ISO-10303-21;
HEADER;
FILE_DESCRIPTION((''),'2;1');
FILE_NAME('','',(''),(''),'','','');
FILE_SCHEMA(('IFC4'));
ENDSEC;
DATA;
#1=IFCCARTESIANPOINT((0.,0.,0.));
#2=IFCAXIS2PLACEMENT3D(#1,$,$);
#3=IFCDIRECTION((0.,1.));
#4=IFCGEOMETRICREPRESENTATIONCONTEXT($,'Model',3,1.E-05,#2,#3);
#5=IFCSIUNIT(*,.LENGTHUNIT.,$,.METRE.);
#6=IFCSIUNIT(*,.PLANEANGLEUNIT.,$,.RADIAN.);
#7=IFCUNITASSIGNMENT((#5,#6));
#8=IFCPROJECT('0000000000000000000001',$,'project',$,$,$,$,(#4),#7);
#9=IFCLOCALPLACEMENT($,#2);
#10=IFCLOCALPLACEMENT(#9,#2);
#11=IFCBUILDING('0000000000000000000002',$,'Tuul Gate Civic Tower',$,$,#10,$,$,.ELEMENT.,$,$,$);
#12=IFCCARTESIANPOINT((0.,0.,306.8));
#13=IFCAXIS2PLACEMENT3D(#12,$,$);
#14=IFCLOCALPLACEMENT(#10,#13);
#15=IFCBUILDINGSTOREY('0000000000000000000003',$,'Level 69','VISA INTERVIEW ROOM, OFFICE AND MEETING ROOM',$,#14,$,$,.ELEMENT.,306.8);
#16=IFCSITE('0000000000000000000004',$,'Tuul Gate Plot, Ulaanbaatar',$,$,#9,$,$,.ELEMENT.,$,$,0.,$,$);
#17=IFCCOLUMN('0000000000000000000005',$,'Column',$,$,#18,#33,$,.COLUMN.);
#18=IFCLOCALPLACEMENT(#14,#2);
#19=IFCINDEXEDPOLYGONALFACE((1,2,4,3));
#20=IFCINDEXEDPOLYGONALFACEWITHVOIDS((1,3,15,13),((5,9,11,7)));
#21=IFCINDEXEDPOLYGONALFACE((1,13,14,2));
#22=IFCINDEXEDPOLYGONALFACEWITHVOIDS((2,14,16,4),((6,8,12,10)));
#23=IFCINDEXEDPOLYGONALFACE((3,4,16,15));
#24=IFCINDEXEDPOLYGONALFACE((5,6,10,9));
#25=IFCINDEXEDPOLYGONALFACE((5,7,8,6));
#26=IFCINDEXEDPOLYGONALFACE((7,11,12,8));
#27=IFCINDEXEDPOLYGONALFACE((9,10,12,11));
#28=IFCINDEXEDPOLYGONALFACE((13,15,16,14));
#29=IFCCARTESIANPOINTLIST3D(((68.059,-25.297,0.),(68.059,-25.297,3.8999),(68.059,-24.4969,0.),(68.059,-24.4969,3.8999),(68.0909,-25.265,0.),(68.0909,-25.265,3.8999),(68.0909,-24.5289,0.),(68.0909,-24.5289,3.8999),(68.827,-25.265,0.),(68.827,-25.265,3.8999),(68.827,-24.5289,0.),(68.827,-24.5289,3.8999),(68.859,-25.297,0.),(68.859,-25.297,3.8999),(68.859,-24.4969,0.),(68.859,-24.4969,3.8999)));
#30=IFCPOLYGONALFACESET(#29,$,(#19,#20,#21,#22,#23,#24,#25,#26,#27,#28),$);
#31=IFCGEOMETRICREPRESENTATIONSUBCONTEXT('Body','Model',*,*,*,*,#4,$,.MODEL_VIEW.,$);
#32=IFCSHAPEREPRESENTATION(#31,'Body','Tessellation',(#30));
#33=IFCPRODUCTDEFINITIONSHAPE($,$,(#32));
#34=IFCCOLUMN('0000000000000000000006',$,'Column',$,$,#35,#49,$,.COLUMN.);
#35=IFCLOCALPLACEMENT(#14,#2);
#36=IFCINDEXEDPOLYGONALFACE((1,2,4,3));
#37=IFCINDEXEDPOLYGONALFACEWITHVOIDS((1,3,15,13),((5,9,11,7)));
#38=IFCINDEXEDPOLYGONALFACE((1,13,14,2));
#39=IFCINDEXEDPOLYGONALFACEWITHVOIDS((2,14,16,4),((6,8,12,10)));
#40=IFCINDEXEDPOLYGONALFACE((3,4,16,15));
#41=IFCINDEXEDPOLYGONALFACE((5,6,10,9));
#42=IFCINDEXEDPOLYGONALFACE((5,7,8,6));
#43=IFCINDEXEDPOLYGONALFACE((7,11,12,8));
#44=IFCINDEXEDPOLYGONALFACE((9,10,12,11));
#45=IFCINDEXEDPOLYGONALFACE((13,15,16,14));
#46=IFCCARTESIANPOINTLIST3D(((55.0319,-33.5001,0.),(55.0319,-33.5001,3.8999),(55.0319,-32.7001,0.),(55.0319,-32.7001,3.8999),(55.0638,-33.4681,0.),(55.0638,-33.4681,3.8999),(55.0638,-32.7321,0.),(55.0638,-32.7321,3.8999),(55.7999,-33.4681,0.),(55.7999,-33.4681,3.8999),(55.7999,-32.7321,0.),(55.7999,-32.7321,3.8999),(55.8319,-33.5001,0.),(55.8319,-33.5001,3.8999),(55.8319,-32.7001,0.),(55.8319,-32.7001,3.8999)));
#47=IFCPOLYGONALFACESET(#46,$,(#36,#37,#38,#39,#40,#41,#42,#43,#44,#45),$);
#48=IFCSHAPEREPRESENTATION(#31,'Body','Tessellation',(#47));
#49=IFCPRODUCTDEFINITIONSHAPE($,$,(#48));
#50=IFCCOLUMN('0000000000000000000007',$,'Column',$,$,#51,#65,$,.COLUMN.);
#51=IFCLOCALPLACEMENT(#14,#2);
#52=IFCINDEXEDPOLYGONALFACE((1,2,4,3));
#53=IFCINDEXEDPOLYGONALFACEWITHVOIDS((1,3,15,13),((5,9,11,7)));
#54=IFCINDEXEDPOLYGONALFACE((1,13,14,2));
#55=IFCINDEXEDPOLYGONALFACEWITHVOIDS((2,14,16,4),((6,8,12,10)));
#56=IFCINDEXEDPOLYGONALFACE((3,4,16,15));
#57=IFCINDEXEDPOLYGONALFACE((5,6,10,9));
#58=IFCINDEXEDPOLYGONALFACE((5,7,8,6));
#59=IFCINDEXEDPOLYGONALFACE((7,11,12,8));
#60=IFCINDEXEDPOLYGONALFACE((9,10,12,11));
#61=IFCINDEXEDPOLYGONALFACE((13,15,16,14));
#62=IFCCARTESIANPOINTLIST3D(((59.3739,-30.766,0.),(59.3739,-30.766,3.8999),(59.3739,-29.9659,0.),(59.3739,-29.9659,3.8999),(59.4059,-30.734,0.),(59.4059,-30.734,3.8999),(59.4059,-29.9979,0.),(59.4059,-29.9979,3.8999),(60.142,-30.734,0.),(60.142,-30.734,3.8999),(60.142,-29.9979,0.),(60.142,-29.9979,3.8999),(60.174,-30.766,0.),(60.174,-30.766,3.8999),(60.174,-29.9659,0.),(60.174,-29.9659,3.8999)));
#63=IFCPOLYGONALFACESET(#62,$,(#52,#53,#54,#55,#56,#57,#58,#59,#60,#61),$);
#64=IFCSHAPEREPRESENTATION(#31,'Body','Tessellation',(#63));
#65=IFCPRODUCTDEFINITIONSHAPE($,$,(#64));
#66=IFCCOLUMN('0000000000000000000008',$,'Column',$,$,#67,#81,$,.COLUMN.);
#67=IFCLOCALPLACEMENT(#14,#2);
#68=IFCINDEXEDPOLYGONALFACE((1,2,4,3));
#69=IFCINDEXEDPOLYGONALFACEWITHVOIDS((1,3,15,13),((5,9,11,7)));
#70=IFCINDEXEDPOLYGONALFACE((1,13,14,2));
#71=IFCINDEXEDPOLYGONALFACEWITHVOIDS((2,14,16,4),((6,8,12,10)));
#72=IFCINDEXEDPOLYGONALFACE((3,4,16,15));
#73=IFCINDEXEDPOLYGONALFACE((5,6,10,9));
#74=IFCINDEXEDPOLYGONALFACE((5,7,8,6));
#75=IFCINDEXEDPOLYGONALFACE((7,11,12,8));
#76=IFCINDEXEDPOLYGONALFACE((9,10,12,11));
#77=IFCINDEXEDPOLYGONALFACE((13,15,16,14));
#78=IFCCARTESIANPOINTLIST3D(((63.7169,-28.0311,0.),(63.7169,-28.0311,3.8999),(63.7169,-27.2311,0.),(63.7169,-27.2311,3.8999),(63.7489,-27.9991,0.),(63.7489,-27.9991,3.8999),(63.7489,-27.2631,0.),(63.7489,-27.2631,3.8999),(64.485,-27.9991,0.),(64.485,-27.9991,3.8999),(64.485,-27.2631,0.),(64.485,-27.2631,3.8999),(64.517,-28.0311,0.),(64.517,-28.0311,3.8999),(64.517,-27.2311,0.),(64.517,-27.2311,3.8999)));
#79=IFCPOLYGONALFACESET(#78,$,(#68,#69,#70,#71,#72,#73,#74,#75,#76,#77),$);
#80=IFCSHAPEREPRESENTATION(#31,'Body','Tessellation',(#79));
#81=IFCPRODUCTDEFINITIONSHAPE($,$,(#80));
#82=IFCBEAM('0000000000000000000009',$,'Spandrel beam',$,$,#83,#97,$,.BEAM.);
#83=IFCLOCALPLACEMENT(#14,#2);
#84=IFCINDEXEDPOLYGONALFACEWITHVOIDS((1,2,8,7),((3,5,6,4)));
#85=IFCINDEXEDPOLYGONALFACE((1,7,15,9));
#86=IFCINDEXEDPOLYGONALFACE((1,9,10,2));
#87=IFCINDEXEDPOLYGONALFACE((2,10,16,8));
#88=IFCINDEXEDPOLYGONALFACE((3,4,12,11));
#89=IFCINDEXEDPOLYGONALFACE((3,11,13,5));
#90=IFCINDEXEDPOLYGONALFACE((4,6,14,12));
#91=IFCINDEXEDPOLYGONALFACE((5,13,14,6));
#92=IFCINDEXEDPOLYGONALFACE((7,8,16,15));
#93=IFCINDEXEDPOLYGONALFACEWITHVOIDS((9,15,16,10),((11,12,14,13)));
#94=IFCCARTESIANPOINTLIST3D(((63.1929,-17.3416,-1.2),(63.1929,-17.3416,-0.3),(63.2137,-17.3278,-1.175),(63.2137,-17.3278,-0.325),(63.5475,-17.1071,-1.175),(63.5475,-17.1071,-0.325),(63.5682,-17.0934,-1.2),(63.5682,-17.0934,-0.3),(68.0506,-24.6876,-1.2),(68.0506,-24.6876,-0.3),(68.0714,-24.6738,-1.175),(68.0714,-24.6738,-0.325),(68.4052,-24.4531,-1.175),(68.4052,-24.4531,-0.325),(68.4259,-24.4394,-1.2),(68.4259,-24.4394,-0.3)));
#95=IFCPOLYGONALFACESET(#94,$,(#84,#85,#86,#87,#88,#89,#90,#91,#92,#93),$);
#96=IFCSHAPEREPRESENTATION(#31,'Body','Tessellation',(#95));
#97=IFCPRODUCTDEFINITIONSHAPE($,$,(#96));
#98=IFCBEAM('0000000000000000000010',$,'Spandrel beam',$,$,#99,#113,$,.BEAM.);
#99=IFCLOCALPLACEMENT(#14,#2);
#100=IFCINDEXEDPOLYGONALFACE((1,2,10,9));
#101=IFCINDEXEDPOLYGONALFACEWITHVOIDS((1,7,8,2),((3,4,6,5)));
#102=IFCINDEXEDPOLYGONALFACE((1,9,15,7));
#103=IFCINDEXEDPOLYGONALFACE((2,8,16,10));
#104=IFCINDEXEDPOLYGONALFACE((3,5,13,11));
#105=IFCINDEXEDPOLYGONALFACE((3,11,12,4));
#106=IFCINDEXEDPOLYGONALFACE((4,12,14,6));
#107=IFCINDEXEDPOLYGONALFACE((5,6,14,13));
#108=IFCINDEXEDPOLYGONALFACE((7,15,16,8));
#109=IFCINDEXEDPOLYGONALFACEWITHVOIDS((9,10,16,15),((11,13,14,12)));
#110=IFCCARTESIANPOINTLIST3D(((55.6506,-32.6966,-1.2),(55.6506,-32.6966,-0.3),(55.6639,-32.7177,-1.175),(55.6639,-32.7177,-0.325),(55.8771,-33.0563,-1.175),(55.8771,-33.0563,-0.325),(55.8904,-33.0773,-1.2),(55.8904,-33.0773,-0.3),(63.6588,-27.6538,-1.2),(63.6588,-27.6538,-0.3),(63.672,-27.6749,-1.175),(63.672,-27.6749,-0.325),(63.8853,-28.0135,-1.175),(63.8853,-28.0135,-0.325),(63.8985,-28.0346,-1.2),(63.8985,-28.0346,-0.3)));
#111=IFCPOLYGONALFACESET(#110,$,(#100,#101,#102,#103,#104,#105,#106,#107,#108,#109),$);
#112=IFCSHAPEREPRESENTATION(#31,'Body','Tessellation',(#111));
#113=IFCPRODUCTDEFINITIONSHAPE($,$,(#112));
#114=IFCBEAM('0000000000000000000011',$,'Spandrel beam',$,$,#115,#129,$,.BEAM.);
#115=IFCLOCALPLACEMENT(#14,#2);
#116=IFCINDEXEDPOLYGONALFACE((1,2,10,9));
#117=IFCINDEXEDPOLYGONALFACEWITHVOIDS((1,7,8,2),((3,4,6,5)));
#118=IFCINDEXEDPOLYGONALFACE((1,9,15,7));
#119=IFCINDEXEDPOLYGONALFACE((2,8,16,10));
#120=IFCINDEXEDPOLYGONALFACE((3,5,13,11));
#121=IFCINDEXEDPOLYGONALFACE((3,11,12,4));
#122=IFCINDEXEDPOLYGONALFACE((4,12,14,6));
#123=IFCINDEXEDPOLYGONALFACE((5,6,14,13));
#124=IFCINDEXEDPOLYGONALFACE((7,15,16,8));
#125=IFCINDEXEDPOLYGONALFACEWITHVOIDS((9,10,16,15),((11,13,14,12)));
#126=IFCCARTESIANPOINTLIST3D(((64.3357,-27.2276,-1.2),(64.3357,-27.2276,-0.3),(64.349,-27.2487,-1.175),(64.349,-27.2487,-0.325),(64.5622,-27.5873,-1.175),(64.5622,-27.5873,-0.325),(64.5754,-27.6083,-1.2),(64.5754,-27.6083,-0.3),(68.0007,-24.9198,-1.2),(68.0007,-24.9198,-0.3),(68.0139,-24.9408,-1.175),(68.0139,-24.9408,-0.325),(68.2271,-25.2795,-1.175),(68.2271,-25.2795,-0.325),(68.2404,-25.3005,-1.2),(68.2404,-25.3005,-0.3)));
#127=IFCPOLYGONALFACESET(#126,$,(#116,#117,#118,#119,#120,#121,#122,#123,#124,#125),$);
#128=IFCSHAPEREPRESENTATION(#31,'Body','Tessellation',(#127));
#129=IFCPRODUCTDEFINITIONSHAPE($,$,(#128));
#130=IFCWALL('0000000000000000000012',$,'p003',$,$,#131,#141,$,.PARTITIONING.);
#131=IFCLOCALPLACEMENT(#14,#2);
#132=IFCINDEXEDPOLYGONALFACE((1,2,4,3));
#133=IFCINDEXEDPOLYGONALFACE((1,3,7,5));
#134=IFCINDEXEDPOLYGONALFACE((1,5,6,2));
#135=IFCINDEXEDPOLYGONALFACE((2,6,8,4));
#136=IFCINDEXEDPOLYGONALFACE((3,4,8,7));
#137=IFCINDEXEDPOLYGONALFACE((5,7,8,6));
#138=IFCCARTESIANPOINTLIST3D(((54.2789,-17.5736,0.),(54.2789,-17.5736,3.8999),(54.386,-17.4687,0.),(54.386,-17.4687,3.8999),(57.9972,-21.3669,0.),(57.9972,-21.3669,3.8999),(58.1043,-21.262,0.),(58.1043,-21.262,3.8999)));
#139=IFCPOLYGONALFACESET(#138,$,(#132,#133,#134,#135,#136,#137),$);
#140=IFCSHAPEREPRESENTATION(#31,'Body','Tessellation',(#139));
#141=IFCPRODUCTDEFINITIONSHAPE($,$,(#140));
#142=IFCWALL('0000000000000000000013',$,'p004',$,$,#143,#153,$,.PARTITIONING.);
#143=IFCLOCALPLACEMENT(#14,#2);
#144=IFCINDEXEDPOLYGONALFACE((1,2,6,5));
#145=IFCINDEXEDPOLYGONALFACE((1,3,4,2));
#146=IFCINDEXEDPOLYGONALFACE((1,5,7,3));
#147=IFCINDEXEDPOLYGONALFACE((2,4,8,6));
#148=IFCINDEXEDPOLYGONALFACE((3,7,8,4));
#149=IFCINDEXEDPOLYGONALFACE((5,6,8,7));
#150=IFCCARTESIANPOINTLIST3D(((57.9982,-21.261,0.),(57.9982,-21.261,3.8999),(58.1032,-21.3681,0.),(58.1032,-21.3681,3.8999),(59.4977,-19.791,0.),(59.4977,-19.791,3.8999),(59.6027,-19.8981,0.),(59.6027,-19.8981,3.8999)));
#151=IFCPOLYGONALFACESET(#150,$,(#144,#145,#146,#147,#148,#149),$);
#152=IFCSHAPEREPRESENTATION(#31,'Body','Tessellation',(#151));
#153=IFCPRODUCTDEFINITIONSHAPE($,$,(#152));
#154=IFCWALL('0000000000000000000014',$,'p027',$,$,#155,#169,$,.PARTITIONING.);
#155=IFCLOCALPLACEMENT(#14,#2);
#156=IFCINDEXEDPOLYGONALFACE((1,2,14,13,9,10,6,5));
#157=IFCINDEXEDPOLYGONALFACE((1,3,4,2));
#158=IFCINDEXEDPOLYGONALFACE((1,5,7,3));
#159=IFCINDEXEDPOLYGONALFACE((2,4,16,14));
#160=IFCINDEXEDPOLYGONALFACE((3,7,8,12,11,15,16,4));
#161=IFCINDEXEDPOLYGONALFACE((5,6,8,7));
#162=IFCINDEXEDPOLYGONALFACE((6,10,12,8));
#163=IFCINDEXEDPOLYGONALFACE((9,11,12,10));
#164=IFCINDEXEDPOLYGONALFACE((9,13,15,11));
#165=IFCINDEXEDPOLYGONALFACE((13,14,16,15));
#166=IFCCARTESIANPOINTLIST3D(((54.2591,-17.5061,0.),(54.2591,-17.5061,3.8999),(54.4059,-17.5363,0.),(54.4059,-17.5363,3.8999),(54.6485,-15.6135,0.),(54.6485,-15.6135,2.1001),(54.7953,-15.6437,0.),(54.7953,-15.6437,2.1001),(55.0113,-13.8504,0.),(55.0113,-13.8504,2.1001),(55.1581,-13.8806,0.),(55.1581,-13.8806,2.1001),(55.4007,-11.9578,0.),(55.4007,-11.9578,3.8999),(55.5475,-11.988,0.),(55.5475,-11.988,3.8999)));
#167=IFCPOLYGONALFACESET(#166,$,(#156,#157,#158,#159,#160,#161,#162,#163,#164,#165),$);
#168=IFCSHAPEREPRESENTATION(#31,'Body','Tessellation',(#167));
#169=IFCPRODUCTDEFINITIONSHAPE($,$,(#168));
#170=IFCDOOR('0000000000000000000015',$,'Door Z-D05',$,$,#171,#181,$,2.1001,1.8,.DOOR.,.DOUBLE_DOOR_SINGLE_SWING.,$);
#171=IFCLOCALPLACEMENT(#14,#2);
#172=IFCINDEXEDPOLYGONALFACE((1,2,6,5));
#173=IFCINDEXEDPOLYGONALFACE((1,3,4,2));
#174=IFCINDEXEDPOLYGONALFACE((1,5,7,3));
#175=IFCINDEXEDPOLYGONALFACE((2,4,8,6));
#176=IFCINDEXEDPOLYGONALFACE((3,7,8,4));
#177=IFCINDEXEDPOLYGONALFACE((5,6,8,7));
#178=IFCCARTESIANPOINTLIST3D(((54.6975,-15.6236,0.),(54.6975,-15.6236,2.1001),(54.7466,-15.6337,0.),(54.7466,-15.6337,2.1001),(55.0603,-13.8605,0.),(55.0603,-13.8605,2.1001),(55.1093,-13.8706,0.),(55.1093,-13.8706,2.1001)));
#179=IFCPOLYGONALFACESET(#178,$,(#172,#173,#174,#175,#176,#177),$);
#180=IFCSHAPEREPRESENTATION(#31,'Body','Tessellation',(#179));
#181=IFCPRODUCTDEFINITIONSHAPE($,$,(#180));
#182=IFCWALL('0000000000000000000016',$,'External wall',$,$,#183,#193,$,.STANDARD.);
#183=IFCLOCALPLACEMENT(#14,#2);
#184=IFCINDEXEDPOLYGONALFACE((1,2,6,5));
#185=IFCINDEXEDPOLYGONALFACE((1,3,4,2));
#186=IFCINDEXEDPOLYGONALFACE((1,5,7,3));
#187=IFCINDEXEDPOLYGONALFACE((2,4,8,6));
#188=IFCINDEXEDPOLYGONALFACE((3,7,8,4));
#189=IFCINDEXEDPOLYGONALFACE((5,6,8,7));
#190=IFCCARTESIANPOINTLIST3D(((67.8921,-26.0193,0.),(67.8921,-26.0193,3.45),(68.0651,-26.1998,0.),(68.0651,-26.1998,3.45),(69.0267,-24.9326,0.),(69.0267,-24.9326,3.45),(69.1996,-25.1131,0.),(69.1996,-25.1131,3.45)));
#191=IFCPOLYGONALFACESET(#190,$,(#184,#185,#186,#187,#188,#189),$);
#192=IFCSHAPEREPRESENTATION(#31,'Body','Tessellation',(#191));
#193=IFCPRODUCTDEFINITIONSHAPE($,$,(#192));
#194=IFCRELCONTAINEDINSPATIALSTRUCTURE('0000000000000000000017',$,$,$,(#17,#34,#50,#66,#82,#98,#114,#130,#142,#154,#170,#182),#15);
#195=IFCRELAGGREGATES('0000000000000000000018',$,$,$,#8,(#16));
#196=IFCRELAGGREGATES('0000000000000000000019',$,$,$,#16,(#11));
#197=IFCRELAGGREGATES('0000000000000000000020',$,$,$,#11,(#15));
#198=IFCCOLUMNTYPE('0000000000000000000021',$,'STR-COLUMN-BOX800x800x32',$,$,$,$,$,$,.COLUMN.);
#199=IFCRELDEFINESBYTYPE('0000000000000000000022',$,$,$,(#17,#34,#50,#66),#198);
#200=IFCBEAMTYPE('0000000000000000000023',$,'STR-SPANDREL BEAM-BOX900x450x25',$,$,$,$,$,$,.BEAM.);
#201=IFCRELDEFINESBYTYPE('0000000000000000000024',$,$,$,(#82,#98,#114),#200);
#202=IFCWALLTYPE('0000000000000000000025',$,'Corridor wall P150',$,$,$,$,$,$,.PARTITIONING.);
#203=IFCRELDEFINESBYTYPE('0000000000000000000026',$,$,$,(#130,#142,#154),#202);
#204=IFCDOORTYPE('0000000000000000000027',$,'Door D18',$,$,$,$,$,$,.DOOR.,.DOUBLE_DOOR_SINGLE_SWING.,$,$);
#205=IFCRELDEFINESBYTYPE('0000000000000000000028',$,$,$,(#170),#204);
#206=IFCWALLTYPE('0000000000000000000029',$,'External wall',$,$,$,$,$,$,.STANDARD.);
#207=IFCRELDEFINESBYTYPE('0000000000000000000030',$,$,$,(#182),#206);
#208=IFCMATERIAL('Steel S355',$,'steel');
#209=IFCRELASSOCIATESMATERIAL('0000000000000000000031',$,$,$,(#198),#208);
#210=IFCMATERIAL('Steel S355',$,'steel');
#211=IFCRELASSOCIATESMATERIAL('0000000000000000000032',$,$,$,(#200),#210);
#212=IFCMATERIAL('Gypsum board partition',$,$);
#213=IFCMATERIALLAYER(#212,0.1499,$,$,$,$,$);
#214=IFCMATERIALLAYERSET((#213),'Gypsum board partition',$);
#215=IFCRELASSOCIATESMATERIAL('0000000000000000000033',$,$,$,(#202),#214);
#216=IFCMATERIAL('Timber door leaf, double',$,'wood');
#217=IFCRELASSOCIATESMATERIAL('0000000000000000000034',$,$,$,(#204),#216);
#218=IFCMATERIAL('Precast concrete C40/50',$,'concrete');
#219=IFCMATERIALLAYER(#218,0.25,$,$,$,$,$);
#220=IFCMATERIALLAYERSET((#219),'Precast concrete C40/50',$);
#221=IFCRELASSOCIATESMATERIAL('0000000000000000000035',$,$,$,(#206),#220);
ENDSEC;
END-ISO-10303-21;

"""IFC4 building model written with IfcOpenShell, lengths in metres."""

from ifc_helpers import new_model, si_unit, direction, frame, frame_2d, origin, origin_2d, place, context, subcontext, project, spatial, rectangle, hollow_rectangle, extrude, material, layer, layer_set, material_profile, profile_set, type_object, element, fill, save


model = new_model("IFC4")

# Units and contexts
model_context = context("Model", 3, precision=1e-05, world=origin(), true_north=direction((0.0, 1.0)))
body_context = subcontext(model_context, "Body", "Model", "MODEL_VIEW")
ifc_project = project(units=[si_unit("LENGTHUNIT", "METRE"), si_unit("PLANEANGLEUNIT", "RADIAN")], contexts=[model_context])

# Site, building, storey
site_placement = place(None, origin())
site = spatial("IfcSite", under=ifc_project, at=site_placement, Name="Tuul Gate Plot, Ulaanbaatar", CompositionType="ELEMENT", RefElevation=0.0)
building_placement = place(site_placement, origin())
building = spatial("IfcBuilding", under=site, at=building_placement, Name="Tuul Gate Civic Tower", CompositionType="ELEMENT")
storey_placement = place(building_placement, frame((0.0, 0.0, 306.8)))
storey = spatial("IfcBuildingStorey", under=building, at=storey_placement, Name="Level 69", Description="VISA INTERVIEW ROOM, OFFICE AND MEETING ROOM", CompositionType="ELEMENT", Elevation=306.8)

# Columns
ifc_material_1 = material(Name="Steel S355", Category="steel")
ifc_material_profile_1 = material_profile(ifc_material_1, hollow_rectangle(XDim=0.8, YDim=0.8, WallThickness=0.032, at=origin_2d()), Name="BOX800x800x32")
ifc_profile_set_1 = profile_set([ifc_material_profile_1], Name="Steel S355")
column_type = type_object("IfcColumnType", Name="STR-COLUMN-BOX800x800x32", PredefinedType="COLUMN", material=ifc_profile_set_1)
for number, where, z_axis, x_axis, name in (
    (1, (68.459, -24.897, 0.0), (0.0, 0.0, 1.0), (1.0, 0.0, 0.0), "Column"),
    (2, (55.4319, -33.1001, 0.0), (0.0, 0.0, 1.0), (1.0, 0.0, 0.0), "Column"),
    (3, (59.7739, -30.366, 0.0), (0.0, 0.0, 1.0), (1.0, 0.0, 0.0), "Column"),
    (4, (64.1169, -27.6311, 0.0), (0.0, 0.0, 1.0), (1.0, 0.0, 0.0), "Column"),
):
    element("IfcColumn", number, at=place(storey_placement, frame(where, z_axis=z_axis, x_axis=x_axis)), inside=storey, type_object=column_type, Name=name, PredefinedType="COLUMN", context=body_context, shape_type="SweptSolid", body=[
        extrude(hollow_rectangle(XDim=0.8, YDim=0.8, WallThickness=0.032, at=origin_2d()), origin(), (0.0, 0.0, 1.0), 3.8999),
    ])

# Beams
ifc_material_2 = material(Name="Steel S355", Category="steel")
ifc_material_profile_2 = material_profile(ifc_material_2, hollow_rectangle(XDim=0.45, YDim=0.8999, WallThickness=0.0249, at=origin_2d()), Name="BOX900x450x25")
ifc_profile_set_2 = profile_set([ifc_material_profile_2], Name="Steel S355")
beam_type = type_object("IfcBeamType", Name="STR-SPANDREL BEAM-BOX900x450x25", PredefinedType="BEAM", material=ifc_profile_set_2)
beam_1_placement = place(storey_placement, frame((68.2383, -24.5635, -0.75), z_axis=(-0.551581, 0.834121, 0.0), x_axis=(-0.834121, -0.551581, 0.0)))
element("IfcBeam", 5, at=beam_1_placement, inside=storey, type_object=beam_type, Name="Spandrel beam", PredefinedType="BEAM", context=body_context, shape_type="SweptSolid", body=[
    extrude(hollow_rectangle(XDim=0.45, YDim=0.8999, WallThickness=0.0249, at=origin_2d()), origin(), (0.0, 0.0, 1.0), 8.8069),
])
beam_2_placement = place(storey_placement, frame((55.7705, -32.887, -0.75), z_axis=(0.846204, 0.53286, 0.0), x_axis=(-0.53286, 0.846204, 0.0)))
element("IfcBeam", 6, at=beam_2_placement, inside=storey, type_object=beam_type, Name="Spandrel beam", PredefinedType="BEAM", context=body_context, shape_type="SweptSolid", body=[
    extrude(hollow_rectangle(XDim=0.45, YDim=0.8999, WallThickness=0.0249, at=origin_2d()), origin(), (0.0, 0.0, 1.0), 9.4636),
])
beam_3_placement = place(storey_placement, frame((64.4556, -27.418, -0.75), z_axis=(0.846207, 0.532854, 0.0), x_axis=(-0.532854, 0.846207, 0.0)))
element("IfcBeam", 7, at=beam_3_placement, inside=storey, type_object=beam_type, Name="Spandrel beam", PredefinedType="BEAM", context=body_context, shape_type="SweptSolid", body=[
    extrude(hollow_rectangle(XDim=0.45, YDim=0.8999, WallThickness=0.0249, at=origin_2d()), origin(), (0.0, 0.0, 1.0), 4.3311),
])

# Walls
ifc_material_3 = material(Name="Gypsum board partition")
ifc_layer_1 = layer(ifc_material_3, 0.1499)
ifc_layer_set_1 = layer_set([ifc_layer_1], Name="Gypsum board partition")
wall_type_1 = type_object("IfcWallType", Name="Corridor wall P150", PredefinedType="PARTITIONING", material=ifc_layer_set_1)
wall_1_placement = place(storey_placement, frame((54.3325, -17.5212, 0.0), z_axis=(0.0, 0.0, 1.0), x_axis=(0.700016, -0.714127, 0.0)))
element("IfcWall", 8, at=wall_1_placement, inside=storey, type_object=wall_type_1, Name="p003", PredefinedType="PARTITIONING", context=body_context, shape_type="SweptSolid", body=[
    extrude(rectangle(XDim=5.3118, YDim=0.1499, at=frame_2d((2.6558, 0.0))), origin(), (0.0, 0.0, 1.0), 3.8999),
])
wall_2_placement = place(storey_placement, frame((58.0508, -21.3145, 0.0), z_axis=(0.0, 0.0, 1.0), x_axis=(0.714106, 0.700038, 0.0)))
element("IfcWall", 9, at=wall_2_placement, inside=storey, type_object=wall_type_1, Name="p004", PredefinedType="PARTITIONING", context=body_context, shape_type="SweptSolid", body=[
    extrude(rectangle(XDim=2.0999, YDim=0.1499, at=frame_2d((1.0498, 0.0))), origin(), (0.0, 0.0, 1.0), 3.8999),
])

# Wall, opening, door
wall_3_placement = place(storey_placement, frame((54.3325, -17.5212, 0.0), z_axis=(0.0, 0.0, 1.0), x_axis=(0.201534, 0.979482, 0.0)))
wall_3 = element("IfcWall", 10, at=wall_3_placement, inside=storey, type_object=wall_type_1, Name="p027", PredefinedType="PARTITIONING", context=body_context, shape_type="SweptSolid", body=[
    extrude(rectangle(XDim=5.6646, YDim=0.1499, at=frame_2d((2.8323, 0.0))), origin(), (0.0, 0.0, 1.0), 3.8999),
])
opening_1_placement = place(wall_3_placement, frame((1.9324, 0.0, 0.0)))
opening_1 = element("IfcOpeningElement", 11, at=opening_1_placement, cuts=wall_3, PredefinedType="OPENING", context=body_context, shape_type="SweptSolid", body=[
    extrude(rectangle(XDim=1.8, YDim=2.1001, at=frame_2d((0.8999, 1.05))), frame((0.0, 0.085, 0.0), z_axis=(0.0, -1.0, 0.0), x_axis=(1.0, 0.0, 0.0)), (0.0, 0.0, 1.0), 0.1699),
])
ifc_material_4 = material(Name="Timber door leaf, double", Category="wood")
door_type = type_object("IfcDoorType", Name="Door D18", OperationType="DOUBLE_DOOR_SINGLE_SWING", PredefinedType="DOOR", material=ifc_material_4)
door_placement = place(opening_1_placement, origin())
door = element("IfcDoor", 12, at=door_placement, inside=storey, type_object=door_type, Name="Door Z-D05", OperationType="DOUBLE_DOOR_SINGLE_SWING", OverallHeight=2.1001, OverallWidth=1.8, PredefinedType="DOOR", context=body_context, shape_type="SweptSolid", body=[
    extrude(rectangle(XDim=1.8, YDim=2.1001, at=frame_2d((0.8999, 1.05))), frame((0.0, 0.0249, 0.0), z_axis=(0.0, -1.0, 0.0), x_axis=(1.0, 0.0, 0.0)), (0.0, 0.0, 1.0), 0.05),
])
fill(opening_1, door)

# Wall
ifc_material_5 = material(Name="Precast concrete C40/50", Category="concrete")
ifc_layer_2 = layer(ifc_material_5, 0.25)
ifc_layer_set_2 = layer_set([ifc_layer_2], Name="Precast concrete C40/50")
wall_type_2 = type_object("IfcWallType", Name="External wall", PredefinedType="STANDARD", material=ifc_layer_set_2)
wall_4_placement = place(storey_placement, frame((67.9785, -26.1096, 0.0), z_axis=(0.0, 0.0, 1.0), x_axis=(0.722173, 0.691713, 0.0)))
element("IfcWall", 13, at=wall_4_placement, inside=storey, type_object=wall_type_2, Name="External wall", PredefinedType="STANDARD", context=body_context, shape_type="SweptSolid", body=[
    extrude(rectangle(XDim=1.571, YDim=0.25, at=frame_2d((0.7856, 0.0))), origin(), (0.0, 0.0, 1.0), 3.45),
])

save(model, "model.ifc")
